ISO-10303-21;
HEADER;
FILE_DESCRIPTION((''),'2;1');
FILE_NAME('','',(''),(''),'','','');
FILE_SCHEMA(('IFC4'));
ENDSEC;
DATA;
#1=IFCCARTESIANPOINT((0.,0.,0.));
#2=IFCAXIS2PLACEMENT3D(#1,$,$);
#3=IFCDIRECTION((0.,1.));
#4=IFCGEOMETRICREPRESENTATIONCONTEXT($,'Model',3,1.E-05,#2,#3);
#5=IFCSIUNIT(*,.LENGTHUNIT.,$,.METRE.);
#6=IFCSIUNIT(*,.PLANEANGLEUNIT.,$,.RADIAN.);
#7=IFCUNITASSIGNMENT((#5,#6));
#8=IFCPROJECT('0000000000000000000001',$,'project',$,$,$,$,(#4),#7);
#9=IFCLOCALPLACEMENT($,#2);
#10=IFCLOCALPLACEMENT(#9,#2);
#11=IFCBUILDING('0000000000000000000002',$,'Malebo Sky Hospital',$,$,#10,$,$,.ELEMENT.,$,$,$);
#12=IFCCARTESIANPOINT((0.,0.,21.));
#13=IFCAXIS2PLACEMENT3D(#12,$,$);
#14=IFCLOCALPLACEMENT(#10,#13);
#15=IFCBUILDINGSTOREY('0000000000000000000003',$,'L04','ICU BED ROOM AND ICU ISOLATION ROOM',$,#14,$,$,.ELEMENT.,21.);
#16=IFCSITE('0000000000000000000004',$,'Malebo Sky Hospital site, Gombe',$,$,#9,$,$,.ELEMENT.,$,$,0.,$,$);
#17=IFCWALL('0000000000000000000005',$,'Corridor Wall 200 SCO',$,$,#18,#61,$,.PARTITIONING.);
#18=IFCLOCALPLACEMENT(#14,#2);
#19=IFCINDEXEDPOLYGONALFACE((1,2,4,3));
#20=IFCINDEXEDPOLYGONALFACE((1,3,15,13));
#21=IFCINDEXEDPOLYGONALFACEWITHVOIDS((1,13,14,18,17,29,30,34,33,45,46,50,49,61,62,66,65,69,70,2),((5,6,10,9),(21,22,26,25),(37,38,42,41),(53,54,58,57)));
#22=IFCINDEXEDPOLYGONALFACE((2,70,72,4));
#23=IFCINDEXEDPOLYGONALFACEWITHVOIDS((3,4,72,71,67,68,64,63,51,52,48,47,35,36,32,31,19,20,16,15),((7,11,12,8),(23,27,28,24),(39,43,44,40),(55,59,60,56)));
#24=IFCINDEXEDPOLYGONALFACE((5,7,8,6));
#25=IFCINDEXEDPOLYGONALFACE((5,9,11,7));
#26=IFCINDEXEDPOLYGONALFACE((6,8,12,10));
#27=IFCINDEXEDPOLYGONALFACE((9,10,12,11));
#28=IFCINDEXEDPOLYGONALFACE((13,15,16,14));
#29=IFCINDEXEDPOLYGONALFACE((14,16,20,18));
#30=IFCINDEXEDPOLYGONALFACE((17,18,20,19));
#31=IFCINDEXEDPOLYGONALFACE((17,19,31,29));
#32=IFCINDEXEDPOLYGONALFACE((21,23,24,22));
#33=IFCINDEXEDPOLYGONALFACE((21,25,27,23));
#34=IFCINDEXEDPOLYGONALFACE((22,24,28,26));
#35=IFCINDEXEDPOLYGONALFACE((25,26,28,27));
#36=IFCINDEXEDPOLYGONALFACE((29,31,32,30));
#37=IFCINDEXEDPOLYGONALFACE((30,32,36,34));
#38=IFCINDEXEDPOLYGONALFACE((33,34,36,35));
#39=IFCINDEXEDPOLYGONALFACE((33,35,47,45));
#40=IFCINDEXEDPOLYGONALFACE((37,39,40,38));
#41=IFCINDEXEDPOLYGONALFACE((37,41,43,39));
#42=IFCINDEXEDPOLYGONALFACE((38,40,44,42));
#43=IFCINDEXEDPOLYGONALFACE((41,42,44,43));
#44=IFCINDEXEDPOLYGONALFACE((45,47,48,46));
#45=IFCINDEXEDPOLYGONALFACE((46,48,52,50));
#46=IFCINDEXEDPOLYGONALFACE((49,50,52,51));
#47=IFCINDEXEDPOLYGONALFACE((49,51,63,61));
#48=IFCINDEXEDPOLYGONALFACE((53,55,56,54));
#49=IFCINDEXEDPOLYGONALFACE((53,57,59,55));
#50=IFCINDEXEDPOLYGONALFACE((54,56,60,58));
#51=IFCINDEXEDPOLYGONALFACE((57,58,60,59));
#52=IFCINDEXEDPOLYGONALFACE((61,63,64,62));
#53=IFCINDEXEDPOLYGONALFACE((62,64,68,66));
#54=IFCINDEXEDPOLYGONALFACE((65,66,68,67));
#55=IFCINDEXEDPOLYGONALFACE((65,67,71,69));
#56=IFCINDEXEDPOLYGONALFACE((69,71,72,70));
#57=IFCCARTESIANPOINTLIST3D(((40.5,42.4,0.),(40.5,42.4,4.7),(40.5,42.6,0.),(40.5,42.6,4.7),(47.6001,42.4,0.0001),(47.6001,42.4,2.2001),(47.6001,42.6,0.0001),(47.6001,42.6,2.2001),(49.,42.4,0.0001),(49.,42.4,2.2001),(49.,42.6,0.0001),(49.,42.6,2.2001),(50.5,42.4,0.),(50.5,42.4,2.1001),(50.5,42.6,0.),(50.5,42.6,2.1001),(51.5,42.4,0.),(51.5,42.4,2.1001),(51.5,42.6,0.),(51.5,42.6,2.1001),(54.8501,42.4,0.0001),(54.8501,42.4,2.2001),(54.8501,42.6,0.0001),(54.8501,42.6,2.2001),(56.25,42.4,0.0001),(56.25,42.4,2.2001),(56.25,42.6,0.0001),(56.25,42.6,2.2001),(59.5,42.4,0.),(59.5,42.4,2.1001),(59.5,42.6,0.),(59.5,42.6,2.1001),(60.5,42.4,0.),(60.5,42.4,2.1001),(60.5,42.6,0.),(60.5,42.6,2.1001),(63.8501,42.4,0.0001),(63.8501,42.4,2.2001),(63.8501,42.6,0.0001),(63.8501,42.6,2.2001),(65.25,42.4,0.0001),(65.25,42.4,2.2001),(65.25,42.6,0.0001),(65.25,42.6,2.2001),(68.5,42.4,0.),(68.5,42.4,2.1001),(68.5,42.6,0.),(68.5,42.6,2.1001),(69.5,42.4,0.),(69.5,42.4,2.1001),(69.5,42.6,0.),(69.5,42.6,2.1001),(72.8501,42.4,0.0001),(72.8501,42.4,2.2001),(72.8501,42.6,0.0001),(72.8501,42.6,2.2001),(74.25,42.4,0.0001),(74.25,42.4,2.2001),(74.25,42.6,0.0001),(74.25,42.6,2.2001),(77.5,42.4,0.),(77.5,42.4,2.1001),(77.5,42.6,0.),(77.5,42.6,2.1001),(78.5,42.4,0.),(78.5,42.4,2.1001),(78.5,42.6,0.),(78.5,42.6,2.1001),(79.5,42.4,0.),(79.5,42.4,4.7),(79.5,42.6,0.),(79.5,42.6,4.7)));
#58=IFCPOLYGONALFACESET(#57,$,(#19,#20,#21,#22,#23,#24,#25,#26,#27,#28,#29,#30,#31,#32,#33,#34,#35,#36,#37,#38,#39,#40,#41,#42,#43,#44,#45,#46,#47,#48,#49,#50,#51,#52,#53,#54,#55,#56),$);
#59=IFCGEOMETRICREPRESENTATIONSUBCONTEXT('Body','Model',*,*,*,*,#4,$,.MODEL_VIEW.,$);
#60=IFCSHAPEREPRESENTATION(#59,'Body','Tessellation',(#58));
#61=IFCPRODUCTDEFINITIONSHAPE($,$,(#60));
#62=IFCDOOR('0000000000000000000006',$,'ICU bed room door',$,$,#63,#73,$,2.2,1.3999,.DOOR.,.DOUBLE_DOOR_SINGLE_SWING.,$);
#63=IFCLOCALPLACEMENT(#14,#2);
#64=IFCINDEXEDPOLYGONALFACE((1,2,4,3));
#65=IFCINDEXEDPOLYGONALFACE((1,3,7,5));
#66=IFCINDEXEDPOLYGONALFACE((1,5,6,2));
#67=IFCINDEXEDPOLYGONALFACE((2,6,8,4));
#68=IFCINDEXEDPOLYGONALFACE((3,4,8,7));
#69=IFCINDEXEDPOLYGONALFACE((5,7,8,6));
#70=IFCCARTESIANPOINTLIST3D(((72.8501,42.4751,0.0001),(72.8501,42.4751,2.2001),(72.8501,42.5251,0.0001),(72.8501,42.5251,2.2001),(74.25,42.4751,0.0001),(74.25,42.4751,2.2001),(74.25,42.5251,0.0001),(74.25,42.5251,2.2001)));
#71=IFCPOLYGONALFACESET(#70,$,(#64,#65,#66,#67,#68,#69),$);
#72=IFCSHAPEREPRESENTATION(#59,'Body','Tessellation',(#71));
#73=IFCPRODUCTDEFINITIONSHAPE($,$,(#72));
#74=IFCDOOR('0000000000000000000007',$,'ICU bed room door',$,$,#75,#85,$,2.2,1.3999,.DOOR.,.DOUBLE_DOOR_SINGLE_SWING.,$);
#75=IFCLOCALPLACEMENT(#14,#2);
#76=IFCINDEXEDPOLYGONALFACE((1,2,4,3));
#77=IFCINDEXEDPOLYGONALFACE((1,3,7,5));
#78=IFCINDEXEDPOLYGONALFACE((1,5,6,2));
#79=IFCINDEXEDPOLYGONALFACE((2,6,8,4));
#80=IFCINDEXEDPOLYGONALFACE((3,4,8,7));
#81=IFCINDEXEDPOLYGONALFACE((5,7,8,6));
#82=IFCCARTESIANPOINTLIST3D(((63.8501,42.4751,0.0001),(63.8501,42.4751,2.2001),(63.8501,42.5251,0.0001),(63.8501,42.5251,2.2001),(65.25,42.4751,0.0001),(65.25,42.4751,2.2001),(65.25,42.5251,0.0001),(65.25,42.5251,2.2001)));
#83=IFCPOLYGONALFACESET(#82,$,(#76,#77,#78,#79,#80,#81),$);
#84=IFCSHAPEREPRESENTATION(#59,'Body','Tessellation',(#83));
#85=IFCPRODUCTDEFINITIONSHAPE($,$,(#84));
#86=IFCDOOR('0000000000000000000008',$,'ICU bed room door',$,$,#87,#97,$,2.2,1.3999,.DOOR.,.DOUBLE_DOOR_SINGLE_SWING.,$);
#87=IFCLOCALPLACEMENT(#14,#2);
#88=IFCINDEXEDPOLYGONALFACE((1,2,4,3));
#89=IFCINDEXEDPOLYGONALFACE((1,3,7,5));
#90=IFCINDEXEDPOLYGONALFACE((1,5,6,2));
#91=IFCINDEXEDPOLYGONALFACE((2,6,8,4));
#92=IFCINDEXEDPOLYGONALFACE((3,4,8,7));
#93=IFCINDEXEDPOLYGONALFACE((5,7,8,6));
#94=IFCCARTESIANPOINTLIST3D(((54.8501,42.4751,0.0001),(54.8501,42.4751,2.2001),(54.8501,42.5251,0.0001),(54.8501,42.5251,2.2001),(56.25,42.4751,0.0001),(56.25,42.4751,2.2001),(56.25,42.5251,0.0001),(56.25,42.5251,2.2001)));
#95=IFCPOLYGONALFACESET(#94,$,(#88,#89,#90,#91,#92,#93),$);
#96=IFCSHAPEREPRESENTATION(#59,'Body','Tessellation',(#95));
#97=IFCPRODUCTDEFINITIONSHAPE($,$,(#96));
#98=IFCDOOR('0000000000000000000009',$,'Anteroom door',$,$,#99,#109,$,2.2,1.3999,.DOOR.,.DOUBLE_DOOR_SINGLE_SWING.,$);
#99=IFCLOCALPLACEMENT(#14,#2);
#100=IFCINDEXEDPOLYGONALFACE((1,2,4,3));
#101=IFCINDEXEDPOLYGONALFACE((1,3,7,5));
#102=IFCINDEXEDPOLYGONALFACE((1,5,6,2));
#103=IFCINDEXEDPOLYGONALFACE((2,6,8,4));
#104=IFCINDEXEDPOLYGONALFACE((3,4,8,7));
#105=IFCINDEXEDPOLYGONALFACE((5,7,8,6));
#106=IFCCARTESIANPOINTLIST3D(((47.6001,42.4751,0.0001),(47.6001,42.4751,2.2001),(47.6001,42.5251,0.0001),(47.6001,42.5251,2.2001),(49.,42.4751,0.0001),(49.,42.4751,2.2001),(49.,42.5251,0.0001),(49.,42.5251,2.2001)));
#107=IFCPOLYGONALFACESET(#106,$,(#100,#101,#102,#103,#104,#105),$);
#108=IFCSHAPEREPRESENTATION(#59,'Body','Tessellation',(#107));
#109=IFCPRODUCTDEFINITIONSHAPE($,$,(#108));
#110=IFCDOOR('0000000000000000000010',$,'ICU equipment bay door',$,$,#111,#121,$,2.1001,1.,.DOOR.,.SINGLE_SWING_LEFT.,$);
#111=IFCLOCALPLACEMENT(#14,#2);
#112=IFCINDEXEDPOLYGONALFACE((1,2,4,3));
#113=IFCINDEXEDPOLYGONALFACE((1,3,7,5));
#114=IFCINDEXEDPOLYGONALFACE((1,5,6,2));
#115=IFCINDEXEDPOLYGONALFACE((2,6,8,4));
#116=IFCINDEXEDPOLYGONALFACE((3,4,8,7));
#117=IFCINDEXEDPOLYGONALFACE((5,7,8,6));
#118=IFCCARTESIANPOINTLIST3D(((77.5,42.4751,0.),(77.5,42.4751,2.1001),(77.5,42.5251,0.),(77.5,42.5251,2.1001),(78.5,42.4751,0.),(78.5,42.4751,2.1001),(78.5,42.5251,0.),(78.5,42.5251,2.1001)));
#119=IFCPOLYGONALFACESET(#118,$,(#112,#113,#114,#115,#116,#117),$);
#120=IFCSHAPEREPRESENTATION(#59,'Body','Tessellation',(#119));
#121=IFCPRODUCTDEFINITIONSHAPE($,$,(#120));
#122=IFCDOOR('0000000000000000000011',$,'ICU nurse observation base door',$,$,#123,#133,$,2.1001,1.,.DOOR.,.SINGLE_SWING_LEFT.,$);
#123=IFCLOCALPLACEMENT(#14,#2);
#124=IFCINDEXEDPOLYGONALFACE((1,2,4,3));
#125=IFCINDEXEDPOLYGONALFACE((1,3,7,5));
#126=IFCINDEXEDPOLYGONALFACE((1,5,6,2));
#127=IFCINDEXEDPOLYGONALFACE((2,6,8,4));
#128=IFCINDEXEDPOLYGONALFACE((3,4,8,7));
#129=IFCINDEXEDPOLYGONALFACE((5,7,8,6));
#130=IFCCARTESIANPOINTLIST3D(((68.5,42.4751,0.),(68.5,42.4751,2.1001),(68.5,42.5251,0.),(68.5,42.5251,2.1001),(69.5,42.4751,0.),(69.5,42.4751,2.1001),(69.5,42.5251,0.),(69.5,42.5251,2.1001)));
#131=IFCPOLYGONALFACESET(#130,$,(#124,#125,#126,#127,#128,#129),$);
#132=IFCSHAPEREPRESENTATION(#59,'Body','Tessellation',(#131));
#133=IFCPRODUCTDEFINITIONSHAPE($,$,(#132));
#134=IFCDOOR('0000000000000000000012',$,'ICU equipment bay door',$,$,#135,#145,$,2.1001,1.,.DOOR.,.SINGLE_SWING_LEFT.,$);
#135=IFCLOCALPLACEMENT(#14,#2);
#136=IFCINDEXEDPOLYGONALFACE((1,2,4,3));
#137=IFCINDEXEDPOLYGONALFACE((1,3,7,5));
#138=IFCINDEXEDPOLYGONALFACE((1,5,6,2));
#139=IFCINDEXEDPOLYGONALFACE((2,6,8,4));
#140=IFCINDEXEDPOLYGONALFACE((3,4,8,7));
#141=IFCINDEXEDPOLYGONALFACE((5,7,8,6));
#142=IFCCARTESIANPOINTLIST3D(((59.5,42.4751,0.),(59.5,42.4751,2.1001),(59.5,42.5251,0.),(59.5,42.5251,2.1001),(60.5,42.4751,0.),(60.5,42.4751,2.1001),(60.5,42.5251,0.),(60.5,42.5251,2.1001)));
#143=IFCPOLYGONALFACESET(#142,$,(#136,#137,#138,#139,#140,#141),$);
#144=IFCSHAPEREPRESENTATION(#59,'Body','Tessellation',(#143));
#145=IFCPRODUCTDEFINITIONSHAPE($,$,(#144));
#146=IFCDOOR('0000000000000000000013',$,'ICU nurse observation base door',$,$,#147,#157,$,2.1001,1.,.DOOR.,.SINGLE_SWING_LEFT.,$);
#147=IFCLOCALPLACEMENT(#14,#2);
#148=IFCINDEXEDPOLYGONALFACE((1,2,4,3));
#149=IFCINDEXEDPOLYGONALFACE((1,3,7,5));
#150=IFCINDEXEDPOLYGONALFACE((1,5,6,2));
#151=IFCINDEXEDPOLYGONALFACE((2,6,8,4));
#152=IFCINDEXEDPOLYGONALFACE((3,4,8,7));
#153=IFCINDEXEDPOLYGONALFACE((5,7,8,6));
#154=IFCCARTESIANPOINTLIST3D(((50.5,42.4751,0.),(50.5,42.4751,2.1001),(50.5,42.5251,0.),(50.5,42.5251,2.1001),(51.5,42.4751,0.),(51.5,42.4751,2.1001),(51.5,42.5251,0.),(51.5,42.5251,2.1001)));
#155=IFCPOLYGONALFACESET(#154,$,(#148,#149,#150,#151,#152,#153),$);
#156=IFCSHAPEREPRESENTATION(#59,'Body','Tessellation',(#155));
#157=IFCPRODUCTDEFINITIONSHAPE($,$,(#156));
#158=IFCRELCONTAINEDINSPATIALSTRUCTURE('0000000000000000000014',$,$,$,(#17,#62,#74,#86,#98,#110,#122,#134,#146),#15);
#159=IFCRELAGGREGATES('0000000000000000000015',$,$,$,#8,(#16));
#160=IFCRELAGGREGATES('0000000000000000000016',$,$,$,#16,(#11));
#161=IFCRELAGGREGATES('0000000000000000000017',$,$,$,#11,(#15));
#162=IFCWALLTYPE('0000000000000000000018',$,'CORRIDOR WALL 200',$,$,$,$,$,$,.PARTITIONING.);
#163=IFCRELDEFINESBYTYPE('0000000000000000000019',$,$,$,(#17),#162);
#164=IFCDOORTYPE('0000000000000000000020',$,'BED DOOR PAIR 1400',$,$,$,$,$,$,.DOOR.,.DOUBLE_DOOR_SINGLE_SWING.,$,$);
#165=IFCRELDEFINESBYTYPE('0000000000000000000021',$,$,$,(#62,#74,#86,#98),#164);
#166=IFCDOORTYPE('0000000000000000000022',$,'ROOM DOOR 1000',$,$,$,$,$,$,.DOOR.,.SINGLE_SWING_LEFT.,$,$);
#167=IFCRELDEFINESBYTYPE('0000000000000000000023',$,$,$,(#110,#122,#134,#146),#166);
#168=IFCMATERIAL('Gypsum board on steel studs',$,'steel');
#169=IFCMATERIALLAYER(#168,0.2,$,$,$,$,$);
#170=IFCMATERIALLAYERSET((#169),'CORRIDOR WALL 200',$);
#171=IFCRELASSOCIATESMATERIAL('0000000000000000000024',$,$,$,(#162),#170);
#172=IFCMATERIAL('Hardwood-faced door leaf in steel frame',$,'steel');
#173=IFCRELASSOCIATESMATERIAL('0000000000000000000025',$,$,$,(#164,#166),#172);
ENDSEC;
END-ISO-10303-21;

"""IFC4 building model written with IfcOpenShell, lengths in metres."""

from ifc_helpers import new_model, si_unit, direction, frame, frame_2d, origin, place, context, subcontext, project, spatial, rectangle, extrude, material, layer, layer_set, type_object, element, fill, save


model = new_model("IFC4")

# Units and contexts
model_context = context("Model", 3, precision=1e-05, world=origin(), true_north=direction((0.0, 1.0)))
body_context = subcontext(model_context, "Body", "Model", "MODEL_VIEW")
ifc_project = project(units=[si_unit("LENGTHUNIT", "METRE"), si_unit("PLANEANGLEUNIT", "RADIAN")], contexts=[model_context])

# Site, building, storey
site_placement = place(None, origin())
site = spatial("IfcSite", under=ifc_project, at=site_placement, Name="Malebo Sky Hospital site, Gombe", CompositionType="ELEMENT", RefElevation=0.0)
building_placement = place(site_placement, origin())
building = spatial("IfcBuilding", under=site, at=building_placement, Name="Malebo Sky Hospital", CompositionType="ELEMENT")
storey_placement = place(building_placement, frame((0.0, 0.0, 21.0)))
storey = spatial("IfcBuildingStorey", under=building, at=storey_placement, Name="L04", Description="ICU BED ROOM AND ICU ISOLATION ROOM", CompositionType="ELEMENT", Elevation=21.0)

# Wall, openings, doors
ifc_material_1 = material(Name="Gypsum board on steel studs", Category="steel")
ifc_layer_1 = layer(ifc_material_1, 0.2)
ifc_layer_set_1 = layer_set([ifc_layer_1], Name="CORRIDOR WALL 200")
wall_type_1 = type_object("IfcWallType", Name="CORRIDOR WALL 200", PredefinedType="PARTITIONING", material=ifc_layer_set_1)
wall_1_placement = place(storey_placement, frame((79.5, 42.5, 0.0), z_axis=(0.0, 0.0, 1.0), x_axis=(-1.0, 0.0, 0.0)))
wall_1 = element("IfcWall", 1, at=wall_1_placement, inside=storey, type_object=wall_type_1, Name="Corridor Wall 200 SCO", PredefinedType="PARTITIONING", context=body_context, shape_type="SweptSolid", body=[
    extrude(rectangle(XDim=39.0, YDim=0.2, at=frame_2d((19.5, 0.0))), origin(), (0.0, 0.0, 1.0), 4.7),
])
opening_1_placement = place(wall_1_placement, frame((1.0, 0.0, 0.0)))
opening_1 = element("IfcOpeningElement", 2, at=opening_1_placement, cuts=wall_1, PredefinedType="OPENING", context=body_context, shape_type="SweptSolid", body=[
    extrude(rectangle(XDim=1.0, YDim=2.1001, at=frame_2d((0.5, 1.05))), frame((0.0, 0.1099, 0.0), z_axis=(0.0, -1.0, 0.0), x_axis=(1.0, 0.0, 0.0)), (0.0, 0.0, 1.0), 0.22),
])
opening_2_placement = place(wall_1_placement, frame((5.25, 0.0, 0.0)))
opening_2 = element("IfcOpeningElement", 3, at=opening_2_placement, cuts=wall_1, PredefinedType="OPENING", context=body_context, shape_type="SweptSolid", body=[
    extrude(rectangle(XDim=1.3999, YDim=2.2, at=frame_2d((0.7, 1.1001))), frame((0.0, 0.1099, 0.0), z_axis=(0.0, -1.0, 0.0), x_axis=(1.0, 0.0, 0.0)), (0.0, 0.0, 1.0), 0.22),
])
opening_3_placement = place(wall_1_placement, frame((10.0, 0.0, 0.0)))
opening_3 = element("IfcOpeningElement", 4, at=opening_3_placement, cuts=wall_1, PredefinedType="OPENING", context=body_context, shape_type="SweptSolid", body=[
    extrude(rectangle(XDim=1.0, YDim=2.1001, at=frame_2d((0.5, 1.05))), frame((0.0, 0.1099, 0.0), z_axis=(0.0, -1.0, 0.0), x_axis=(1.0, 0.0, 0.0)), (0.0, 0.0, 1.0), 0.22),
])
opening_4_placement = place(wall_1_placement, frame((14.25, 0.0, 0.0)))
opening_4 = element("IfcOpeningElement", 5, at=opening_4_placement, cuts=wall_1, PredefinedType="OPENING", context=body_context, shape_type="SweptSolid", body=[
    extrude(rectangle(XDim=1.3999, YDim=2.2, at=frame_2d((0.7, 1.1001))), frame((0.0, 0.1099, 0.0), z_axis=(0.0, -1.0, 0.0), x_axis=(1.0, 0.0, 0.0)), (0.0, 0.0, 1.0), 0.22),
])
opening_5_placement = place(wall_1_placement, frame((19.0, 0.0, 0.0)))
opening_5 = element("IfcOpeningElement", 6, at=opening_5_placement, cuts=wall_1, PredefinedType="OPENING", context=body_context, shape_type="SweptSolid", body=[
    extrude(rectangle(XDim=1.0, YDim=2.1001, at=frame_2d((0.5, 1.05))), frame((0.0, 0.1099, 0.0), z_axis=(0.0, -1.0, 0.0), x_axis=(1.0, 0.0, 0.0)), (0.0, 0.0, 1.0), 0.22),
])
opening_6_placement = place(wall_1_placement, frame((23.25, 0.0, 0.0)))
opening_6 = element("IfcOpeningElement", 7, at=opening_6_placement, cuts=wall_1, PredefinedType="OPENING", context=body_context, shape_type="SweptSolid", body=[
    extrude(rectangle(XDim=1.3999, YDim=2.2, at=frame_2d((0.7, 1.1001))), frame((0.0, 0.1099, 0.0), z_axis=(0.0, -1.0, 0.0), x_axis=(1.0, 0.0, 0.0)), (0.0, 0.0, 1.0), 0.22),
])
opening_7_placement = place(wall_1_placement, frame((28.0, 0.0, 0.0)))
opening_7 = element("IfcOpeningElement", 8, at=opening_7_placement, cuts=wall_1, PredefinedType="OPENING", context=body_context, shape_type="SweptSolid", body=[
    extrude(rectangle(XDim=1.0, YDim=2.1001, at=frame_2d((0.5, 1.05))), frame((0.0, 0.1099, 0.0), z_axis=(0.0, -1.0, 0.0), x_axis=(1.0, 0.0, 0.0)), (0.0, 0.0, 1.0), 0.22),
])
opening_8_placement = place(wall_1_placement, frame((30.5, 0.0, 0.0)))
opening_8 = element("IfcOpeningElement", 9, at=opening_8_placement, cuts=wall_1, PredefinedType="OPENING", context=body_context, shape_type="SweptSolid", body=[
    extrude(rectangle(XDim=1.3999, YDim=2.2, at=frame_2d((0.7, 1.1001))), frame((0.0, 0.1099, 0.0), z_axis=(0.0, -1.0, 0.0), x_axis=(1.0, 0.0, 0.0)), (0.0, 0.0, 1.0), 0.22),
])
ifc_material_2 = material(Name="Hardwood-faced door leaf in steel frame", Category="steel")
door_type_1 = type_object("IfcDoorType", Name="BED DOOR PAIR 1400", OperationType="DOUBLE_DOOR_SINGLE_SWING", PredefinedType="DOOR", material=ifc_material_2)
door_1_placement = place(opening_2_placement, origin())
door_1 = element("IfcDoor", 10, at=door_1_placement, inside=storey, type_object=door_type_1, Name="ICU bed room door", OperationType="DOUBLE_DOOR_SINGLE_SWING", OverallHeight=2.2, OverallWidth=1.3999, PredefinedType="DOOR", context=body_context, shape_type="SweptSolid", body=[
    extrude(rectangle(XDim=1.3999, YDim=2.2, at=frame_2d((0.7, 1.1001))), frame((0.0, 0.0249, 0.0), z_axis=(0.0, -1.0, 0.0), x_axis=(1.0, 0.0, 0.0)), (0.0, 0.0, 1.0), 0.05),
])
fill(opening_2, door_1)
door_2_placement = place(opening_4_placement, origin())
door_2 = element("IfcDoor", 11, at=door_2_placement, inside=storey, type_object=door_type_1, Name="ICU bed room door", OperationType="DOUBLE_DOOR_SINGLE_SWING", OverallHeight=2.2, OverallWidth=1.3999, PredefinedType="DOOR", context=body_context, shape_type="SweptSolid", body=[
    extrude(rectangle(XDim=1.3999, YDim=2.2, at=frame_2d((0.7, 1.1001))), frame((0.0, 0.0249, 0.0), z_axis=(0.0, -1.0, 0.0), x_axis=(1.0, 0.0, 0.0)), (0.0, 0.0, 1.0), 0.05),
])
fill(opening_4, door_2)
door_3_placement = place(opening_6_placement, origin())
door_3 = element("IfcDoor", 12, at=door_3_placement, inside=storey, type_object=door_type_1, Name="ICU bed room door", OperationType="DOUBLE_DOOR_SINGLE_SWING", OverallHeight=2.2, OverallWidth=1.3999, PredefinedType="DOOR", context=body_context, shape_type="SweptSolid", body=[
    extrude(rectangle(XDim=1.3999, YDim=2.2, at=frame_2d((0.7, 1.1001))), frame((0.0, 0.0249, 0.0), z_axis=(0.0, -1.0, 0.0), x_axis=(1.0, 0.0, 0.0)), (0.0, 0.0, 1.0), 0.05),
])
fill(opening_6, door_3)
door_4_placement = place(opening_8_placement, origin())
door_4 = element("IfcDoor", 13, at=door_4_placement, inside=storey, type_object=door_type_1, Name="Anteroom door", OperationType="DOUBLE_DOOR_SINGLE_SWING", OverallHeight=2.2, OverallWidth=1.3999, PredefinedType="DOOR", context=body_context, shape_type="SweptSolid", body=[
    extrude(rectangle(XDim=1.3999, YDim=2.2, at=frame_2d((0.7, 1.1001))), frame((0.0, 0.0249, 0.0), z_axis=(0.0, -1.0, 0.0), x_axis=(1.0, 0.0, 0.0)), (0.0, 0.0, 1.0), 0.05),
])
fill(opening_8, door_4)
door_type_2 = type_object("IfcDoorType", Name="ROOM DOOR 1000", OperationType="SINGLE_SWING_LEFT", PredefinedType="DOOR", material=ifc_material_2)
door_5_placement = place(opening_1_placement, origin())
door_5 = element("IfcDoor", 14, at=door_5_placement, inside=storey, type_object=door_type_2, Name="ICU equipment bay door", OperationType="SINGLE_SWING_LEFT", OverallHeight=2.1001, OverallWidth=1.0, PredefinedType="DOOR", context=body_context, shape_type="SweptSolid", body=[
    extrude(rectangle(XDim=1.0, YDim=2.1001, at=frame_2d((0.5, 1.05))), frame((0.0, 0.0249, 0.0), z_axis=(0.0, -1.0, 0.0), x_axis=(1.0, 0.0, 0.0)), (0.0, 0.0, 1.0), 0.05),
])
fill(opening_1, door_5)
door_6_placement = place(opening_3_placement, origin())
door_6 = element("IfcDoor", 15, at=door_6_placement, inside=storey, type_object=door_type_2, Name="ICU nurse observation base door", OperationType="SINGLE_SWING_LEFT", OverallHeight=2.1001, OverallWidth=1.0, PredefinedType="DOOR", context=body_context, shape_type="SweptSolid", body=[
    extrude(rectangle(XDim=1.0, YDim=2.1001, at=frame_2d((0.5, 1.05))), frame((0.0, 0.0249, 0.0), z_axis=(0.0, -1.0, 0.0), x_axis=(1.0, 0.0, 0.0)), (0.0, 0.0, 1.0), 0.05),
])
fill(opening_3, door_6)
door_7_placement = place(opening_5_placement, origin())
door_7 = element("IfcDoor", 16, at=door_7_placement, inside=storey, type_object=door_type_2, Name="ICU equipment bay door", OperationType="SINGLE_SWING_LEFT", OverallHeight=2.1001, OverallWidth=1.0, PredefinedType="DOOR", context=body_context, shape_type="SweptSolid", body=[
    extrude(rectangle(XDim=1.0, YDim=2.1001, at=frame_2d((0.5, 1.05))), frame((0.0, 0.0249, 0.0), z_axis=(0.0, -1.0, 0.0), x_axis=(1.0, 0.0, 0.0)), (0.0, 0.0, 1.0), 0.05),
])
fill(opening_5, door_7)
door_8_placement = place(opening_7_placement, origin())
door_8 = element("IfcDoor", 17, at=door_8_placement, inside=storey, type_object=door_type_2, Name="ICU nurse observation base door", OperationType="SINGLE_SWING_LEFT", OverallHeight=2.1001, OverallWidth=1.0, PredefinedType="DOOR", context=body_context, shape_type="SweptSolid", body=[
    extrude(rectangle(XDim=1.0, YDim=2.1001, at=frame_2d((0.5, 1.05))), frame((0.0, 0.0249, 0.0), z_axis=(0.0, -1.0, 0.0), x_axis=(1.0, 0.0, 0.0)), (0.0, 0.0, 1.0), 0.05),
])
fill(opening_7, door_8)

save(model, "model.ifc")
